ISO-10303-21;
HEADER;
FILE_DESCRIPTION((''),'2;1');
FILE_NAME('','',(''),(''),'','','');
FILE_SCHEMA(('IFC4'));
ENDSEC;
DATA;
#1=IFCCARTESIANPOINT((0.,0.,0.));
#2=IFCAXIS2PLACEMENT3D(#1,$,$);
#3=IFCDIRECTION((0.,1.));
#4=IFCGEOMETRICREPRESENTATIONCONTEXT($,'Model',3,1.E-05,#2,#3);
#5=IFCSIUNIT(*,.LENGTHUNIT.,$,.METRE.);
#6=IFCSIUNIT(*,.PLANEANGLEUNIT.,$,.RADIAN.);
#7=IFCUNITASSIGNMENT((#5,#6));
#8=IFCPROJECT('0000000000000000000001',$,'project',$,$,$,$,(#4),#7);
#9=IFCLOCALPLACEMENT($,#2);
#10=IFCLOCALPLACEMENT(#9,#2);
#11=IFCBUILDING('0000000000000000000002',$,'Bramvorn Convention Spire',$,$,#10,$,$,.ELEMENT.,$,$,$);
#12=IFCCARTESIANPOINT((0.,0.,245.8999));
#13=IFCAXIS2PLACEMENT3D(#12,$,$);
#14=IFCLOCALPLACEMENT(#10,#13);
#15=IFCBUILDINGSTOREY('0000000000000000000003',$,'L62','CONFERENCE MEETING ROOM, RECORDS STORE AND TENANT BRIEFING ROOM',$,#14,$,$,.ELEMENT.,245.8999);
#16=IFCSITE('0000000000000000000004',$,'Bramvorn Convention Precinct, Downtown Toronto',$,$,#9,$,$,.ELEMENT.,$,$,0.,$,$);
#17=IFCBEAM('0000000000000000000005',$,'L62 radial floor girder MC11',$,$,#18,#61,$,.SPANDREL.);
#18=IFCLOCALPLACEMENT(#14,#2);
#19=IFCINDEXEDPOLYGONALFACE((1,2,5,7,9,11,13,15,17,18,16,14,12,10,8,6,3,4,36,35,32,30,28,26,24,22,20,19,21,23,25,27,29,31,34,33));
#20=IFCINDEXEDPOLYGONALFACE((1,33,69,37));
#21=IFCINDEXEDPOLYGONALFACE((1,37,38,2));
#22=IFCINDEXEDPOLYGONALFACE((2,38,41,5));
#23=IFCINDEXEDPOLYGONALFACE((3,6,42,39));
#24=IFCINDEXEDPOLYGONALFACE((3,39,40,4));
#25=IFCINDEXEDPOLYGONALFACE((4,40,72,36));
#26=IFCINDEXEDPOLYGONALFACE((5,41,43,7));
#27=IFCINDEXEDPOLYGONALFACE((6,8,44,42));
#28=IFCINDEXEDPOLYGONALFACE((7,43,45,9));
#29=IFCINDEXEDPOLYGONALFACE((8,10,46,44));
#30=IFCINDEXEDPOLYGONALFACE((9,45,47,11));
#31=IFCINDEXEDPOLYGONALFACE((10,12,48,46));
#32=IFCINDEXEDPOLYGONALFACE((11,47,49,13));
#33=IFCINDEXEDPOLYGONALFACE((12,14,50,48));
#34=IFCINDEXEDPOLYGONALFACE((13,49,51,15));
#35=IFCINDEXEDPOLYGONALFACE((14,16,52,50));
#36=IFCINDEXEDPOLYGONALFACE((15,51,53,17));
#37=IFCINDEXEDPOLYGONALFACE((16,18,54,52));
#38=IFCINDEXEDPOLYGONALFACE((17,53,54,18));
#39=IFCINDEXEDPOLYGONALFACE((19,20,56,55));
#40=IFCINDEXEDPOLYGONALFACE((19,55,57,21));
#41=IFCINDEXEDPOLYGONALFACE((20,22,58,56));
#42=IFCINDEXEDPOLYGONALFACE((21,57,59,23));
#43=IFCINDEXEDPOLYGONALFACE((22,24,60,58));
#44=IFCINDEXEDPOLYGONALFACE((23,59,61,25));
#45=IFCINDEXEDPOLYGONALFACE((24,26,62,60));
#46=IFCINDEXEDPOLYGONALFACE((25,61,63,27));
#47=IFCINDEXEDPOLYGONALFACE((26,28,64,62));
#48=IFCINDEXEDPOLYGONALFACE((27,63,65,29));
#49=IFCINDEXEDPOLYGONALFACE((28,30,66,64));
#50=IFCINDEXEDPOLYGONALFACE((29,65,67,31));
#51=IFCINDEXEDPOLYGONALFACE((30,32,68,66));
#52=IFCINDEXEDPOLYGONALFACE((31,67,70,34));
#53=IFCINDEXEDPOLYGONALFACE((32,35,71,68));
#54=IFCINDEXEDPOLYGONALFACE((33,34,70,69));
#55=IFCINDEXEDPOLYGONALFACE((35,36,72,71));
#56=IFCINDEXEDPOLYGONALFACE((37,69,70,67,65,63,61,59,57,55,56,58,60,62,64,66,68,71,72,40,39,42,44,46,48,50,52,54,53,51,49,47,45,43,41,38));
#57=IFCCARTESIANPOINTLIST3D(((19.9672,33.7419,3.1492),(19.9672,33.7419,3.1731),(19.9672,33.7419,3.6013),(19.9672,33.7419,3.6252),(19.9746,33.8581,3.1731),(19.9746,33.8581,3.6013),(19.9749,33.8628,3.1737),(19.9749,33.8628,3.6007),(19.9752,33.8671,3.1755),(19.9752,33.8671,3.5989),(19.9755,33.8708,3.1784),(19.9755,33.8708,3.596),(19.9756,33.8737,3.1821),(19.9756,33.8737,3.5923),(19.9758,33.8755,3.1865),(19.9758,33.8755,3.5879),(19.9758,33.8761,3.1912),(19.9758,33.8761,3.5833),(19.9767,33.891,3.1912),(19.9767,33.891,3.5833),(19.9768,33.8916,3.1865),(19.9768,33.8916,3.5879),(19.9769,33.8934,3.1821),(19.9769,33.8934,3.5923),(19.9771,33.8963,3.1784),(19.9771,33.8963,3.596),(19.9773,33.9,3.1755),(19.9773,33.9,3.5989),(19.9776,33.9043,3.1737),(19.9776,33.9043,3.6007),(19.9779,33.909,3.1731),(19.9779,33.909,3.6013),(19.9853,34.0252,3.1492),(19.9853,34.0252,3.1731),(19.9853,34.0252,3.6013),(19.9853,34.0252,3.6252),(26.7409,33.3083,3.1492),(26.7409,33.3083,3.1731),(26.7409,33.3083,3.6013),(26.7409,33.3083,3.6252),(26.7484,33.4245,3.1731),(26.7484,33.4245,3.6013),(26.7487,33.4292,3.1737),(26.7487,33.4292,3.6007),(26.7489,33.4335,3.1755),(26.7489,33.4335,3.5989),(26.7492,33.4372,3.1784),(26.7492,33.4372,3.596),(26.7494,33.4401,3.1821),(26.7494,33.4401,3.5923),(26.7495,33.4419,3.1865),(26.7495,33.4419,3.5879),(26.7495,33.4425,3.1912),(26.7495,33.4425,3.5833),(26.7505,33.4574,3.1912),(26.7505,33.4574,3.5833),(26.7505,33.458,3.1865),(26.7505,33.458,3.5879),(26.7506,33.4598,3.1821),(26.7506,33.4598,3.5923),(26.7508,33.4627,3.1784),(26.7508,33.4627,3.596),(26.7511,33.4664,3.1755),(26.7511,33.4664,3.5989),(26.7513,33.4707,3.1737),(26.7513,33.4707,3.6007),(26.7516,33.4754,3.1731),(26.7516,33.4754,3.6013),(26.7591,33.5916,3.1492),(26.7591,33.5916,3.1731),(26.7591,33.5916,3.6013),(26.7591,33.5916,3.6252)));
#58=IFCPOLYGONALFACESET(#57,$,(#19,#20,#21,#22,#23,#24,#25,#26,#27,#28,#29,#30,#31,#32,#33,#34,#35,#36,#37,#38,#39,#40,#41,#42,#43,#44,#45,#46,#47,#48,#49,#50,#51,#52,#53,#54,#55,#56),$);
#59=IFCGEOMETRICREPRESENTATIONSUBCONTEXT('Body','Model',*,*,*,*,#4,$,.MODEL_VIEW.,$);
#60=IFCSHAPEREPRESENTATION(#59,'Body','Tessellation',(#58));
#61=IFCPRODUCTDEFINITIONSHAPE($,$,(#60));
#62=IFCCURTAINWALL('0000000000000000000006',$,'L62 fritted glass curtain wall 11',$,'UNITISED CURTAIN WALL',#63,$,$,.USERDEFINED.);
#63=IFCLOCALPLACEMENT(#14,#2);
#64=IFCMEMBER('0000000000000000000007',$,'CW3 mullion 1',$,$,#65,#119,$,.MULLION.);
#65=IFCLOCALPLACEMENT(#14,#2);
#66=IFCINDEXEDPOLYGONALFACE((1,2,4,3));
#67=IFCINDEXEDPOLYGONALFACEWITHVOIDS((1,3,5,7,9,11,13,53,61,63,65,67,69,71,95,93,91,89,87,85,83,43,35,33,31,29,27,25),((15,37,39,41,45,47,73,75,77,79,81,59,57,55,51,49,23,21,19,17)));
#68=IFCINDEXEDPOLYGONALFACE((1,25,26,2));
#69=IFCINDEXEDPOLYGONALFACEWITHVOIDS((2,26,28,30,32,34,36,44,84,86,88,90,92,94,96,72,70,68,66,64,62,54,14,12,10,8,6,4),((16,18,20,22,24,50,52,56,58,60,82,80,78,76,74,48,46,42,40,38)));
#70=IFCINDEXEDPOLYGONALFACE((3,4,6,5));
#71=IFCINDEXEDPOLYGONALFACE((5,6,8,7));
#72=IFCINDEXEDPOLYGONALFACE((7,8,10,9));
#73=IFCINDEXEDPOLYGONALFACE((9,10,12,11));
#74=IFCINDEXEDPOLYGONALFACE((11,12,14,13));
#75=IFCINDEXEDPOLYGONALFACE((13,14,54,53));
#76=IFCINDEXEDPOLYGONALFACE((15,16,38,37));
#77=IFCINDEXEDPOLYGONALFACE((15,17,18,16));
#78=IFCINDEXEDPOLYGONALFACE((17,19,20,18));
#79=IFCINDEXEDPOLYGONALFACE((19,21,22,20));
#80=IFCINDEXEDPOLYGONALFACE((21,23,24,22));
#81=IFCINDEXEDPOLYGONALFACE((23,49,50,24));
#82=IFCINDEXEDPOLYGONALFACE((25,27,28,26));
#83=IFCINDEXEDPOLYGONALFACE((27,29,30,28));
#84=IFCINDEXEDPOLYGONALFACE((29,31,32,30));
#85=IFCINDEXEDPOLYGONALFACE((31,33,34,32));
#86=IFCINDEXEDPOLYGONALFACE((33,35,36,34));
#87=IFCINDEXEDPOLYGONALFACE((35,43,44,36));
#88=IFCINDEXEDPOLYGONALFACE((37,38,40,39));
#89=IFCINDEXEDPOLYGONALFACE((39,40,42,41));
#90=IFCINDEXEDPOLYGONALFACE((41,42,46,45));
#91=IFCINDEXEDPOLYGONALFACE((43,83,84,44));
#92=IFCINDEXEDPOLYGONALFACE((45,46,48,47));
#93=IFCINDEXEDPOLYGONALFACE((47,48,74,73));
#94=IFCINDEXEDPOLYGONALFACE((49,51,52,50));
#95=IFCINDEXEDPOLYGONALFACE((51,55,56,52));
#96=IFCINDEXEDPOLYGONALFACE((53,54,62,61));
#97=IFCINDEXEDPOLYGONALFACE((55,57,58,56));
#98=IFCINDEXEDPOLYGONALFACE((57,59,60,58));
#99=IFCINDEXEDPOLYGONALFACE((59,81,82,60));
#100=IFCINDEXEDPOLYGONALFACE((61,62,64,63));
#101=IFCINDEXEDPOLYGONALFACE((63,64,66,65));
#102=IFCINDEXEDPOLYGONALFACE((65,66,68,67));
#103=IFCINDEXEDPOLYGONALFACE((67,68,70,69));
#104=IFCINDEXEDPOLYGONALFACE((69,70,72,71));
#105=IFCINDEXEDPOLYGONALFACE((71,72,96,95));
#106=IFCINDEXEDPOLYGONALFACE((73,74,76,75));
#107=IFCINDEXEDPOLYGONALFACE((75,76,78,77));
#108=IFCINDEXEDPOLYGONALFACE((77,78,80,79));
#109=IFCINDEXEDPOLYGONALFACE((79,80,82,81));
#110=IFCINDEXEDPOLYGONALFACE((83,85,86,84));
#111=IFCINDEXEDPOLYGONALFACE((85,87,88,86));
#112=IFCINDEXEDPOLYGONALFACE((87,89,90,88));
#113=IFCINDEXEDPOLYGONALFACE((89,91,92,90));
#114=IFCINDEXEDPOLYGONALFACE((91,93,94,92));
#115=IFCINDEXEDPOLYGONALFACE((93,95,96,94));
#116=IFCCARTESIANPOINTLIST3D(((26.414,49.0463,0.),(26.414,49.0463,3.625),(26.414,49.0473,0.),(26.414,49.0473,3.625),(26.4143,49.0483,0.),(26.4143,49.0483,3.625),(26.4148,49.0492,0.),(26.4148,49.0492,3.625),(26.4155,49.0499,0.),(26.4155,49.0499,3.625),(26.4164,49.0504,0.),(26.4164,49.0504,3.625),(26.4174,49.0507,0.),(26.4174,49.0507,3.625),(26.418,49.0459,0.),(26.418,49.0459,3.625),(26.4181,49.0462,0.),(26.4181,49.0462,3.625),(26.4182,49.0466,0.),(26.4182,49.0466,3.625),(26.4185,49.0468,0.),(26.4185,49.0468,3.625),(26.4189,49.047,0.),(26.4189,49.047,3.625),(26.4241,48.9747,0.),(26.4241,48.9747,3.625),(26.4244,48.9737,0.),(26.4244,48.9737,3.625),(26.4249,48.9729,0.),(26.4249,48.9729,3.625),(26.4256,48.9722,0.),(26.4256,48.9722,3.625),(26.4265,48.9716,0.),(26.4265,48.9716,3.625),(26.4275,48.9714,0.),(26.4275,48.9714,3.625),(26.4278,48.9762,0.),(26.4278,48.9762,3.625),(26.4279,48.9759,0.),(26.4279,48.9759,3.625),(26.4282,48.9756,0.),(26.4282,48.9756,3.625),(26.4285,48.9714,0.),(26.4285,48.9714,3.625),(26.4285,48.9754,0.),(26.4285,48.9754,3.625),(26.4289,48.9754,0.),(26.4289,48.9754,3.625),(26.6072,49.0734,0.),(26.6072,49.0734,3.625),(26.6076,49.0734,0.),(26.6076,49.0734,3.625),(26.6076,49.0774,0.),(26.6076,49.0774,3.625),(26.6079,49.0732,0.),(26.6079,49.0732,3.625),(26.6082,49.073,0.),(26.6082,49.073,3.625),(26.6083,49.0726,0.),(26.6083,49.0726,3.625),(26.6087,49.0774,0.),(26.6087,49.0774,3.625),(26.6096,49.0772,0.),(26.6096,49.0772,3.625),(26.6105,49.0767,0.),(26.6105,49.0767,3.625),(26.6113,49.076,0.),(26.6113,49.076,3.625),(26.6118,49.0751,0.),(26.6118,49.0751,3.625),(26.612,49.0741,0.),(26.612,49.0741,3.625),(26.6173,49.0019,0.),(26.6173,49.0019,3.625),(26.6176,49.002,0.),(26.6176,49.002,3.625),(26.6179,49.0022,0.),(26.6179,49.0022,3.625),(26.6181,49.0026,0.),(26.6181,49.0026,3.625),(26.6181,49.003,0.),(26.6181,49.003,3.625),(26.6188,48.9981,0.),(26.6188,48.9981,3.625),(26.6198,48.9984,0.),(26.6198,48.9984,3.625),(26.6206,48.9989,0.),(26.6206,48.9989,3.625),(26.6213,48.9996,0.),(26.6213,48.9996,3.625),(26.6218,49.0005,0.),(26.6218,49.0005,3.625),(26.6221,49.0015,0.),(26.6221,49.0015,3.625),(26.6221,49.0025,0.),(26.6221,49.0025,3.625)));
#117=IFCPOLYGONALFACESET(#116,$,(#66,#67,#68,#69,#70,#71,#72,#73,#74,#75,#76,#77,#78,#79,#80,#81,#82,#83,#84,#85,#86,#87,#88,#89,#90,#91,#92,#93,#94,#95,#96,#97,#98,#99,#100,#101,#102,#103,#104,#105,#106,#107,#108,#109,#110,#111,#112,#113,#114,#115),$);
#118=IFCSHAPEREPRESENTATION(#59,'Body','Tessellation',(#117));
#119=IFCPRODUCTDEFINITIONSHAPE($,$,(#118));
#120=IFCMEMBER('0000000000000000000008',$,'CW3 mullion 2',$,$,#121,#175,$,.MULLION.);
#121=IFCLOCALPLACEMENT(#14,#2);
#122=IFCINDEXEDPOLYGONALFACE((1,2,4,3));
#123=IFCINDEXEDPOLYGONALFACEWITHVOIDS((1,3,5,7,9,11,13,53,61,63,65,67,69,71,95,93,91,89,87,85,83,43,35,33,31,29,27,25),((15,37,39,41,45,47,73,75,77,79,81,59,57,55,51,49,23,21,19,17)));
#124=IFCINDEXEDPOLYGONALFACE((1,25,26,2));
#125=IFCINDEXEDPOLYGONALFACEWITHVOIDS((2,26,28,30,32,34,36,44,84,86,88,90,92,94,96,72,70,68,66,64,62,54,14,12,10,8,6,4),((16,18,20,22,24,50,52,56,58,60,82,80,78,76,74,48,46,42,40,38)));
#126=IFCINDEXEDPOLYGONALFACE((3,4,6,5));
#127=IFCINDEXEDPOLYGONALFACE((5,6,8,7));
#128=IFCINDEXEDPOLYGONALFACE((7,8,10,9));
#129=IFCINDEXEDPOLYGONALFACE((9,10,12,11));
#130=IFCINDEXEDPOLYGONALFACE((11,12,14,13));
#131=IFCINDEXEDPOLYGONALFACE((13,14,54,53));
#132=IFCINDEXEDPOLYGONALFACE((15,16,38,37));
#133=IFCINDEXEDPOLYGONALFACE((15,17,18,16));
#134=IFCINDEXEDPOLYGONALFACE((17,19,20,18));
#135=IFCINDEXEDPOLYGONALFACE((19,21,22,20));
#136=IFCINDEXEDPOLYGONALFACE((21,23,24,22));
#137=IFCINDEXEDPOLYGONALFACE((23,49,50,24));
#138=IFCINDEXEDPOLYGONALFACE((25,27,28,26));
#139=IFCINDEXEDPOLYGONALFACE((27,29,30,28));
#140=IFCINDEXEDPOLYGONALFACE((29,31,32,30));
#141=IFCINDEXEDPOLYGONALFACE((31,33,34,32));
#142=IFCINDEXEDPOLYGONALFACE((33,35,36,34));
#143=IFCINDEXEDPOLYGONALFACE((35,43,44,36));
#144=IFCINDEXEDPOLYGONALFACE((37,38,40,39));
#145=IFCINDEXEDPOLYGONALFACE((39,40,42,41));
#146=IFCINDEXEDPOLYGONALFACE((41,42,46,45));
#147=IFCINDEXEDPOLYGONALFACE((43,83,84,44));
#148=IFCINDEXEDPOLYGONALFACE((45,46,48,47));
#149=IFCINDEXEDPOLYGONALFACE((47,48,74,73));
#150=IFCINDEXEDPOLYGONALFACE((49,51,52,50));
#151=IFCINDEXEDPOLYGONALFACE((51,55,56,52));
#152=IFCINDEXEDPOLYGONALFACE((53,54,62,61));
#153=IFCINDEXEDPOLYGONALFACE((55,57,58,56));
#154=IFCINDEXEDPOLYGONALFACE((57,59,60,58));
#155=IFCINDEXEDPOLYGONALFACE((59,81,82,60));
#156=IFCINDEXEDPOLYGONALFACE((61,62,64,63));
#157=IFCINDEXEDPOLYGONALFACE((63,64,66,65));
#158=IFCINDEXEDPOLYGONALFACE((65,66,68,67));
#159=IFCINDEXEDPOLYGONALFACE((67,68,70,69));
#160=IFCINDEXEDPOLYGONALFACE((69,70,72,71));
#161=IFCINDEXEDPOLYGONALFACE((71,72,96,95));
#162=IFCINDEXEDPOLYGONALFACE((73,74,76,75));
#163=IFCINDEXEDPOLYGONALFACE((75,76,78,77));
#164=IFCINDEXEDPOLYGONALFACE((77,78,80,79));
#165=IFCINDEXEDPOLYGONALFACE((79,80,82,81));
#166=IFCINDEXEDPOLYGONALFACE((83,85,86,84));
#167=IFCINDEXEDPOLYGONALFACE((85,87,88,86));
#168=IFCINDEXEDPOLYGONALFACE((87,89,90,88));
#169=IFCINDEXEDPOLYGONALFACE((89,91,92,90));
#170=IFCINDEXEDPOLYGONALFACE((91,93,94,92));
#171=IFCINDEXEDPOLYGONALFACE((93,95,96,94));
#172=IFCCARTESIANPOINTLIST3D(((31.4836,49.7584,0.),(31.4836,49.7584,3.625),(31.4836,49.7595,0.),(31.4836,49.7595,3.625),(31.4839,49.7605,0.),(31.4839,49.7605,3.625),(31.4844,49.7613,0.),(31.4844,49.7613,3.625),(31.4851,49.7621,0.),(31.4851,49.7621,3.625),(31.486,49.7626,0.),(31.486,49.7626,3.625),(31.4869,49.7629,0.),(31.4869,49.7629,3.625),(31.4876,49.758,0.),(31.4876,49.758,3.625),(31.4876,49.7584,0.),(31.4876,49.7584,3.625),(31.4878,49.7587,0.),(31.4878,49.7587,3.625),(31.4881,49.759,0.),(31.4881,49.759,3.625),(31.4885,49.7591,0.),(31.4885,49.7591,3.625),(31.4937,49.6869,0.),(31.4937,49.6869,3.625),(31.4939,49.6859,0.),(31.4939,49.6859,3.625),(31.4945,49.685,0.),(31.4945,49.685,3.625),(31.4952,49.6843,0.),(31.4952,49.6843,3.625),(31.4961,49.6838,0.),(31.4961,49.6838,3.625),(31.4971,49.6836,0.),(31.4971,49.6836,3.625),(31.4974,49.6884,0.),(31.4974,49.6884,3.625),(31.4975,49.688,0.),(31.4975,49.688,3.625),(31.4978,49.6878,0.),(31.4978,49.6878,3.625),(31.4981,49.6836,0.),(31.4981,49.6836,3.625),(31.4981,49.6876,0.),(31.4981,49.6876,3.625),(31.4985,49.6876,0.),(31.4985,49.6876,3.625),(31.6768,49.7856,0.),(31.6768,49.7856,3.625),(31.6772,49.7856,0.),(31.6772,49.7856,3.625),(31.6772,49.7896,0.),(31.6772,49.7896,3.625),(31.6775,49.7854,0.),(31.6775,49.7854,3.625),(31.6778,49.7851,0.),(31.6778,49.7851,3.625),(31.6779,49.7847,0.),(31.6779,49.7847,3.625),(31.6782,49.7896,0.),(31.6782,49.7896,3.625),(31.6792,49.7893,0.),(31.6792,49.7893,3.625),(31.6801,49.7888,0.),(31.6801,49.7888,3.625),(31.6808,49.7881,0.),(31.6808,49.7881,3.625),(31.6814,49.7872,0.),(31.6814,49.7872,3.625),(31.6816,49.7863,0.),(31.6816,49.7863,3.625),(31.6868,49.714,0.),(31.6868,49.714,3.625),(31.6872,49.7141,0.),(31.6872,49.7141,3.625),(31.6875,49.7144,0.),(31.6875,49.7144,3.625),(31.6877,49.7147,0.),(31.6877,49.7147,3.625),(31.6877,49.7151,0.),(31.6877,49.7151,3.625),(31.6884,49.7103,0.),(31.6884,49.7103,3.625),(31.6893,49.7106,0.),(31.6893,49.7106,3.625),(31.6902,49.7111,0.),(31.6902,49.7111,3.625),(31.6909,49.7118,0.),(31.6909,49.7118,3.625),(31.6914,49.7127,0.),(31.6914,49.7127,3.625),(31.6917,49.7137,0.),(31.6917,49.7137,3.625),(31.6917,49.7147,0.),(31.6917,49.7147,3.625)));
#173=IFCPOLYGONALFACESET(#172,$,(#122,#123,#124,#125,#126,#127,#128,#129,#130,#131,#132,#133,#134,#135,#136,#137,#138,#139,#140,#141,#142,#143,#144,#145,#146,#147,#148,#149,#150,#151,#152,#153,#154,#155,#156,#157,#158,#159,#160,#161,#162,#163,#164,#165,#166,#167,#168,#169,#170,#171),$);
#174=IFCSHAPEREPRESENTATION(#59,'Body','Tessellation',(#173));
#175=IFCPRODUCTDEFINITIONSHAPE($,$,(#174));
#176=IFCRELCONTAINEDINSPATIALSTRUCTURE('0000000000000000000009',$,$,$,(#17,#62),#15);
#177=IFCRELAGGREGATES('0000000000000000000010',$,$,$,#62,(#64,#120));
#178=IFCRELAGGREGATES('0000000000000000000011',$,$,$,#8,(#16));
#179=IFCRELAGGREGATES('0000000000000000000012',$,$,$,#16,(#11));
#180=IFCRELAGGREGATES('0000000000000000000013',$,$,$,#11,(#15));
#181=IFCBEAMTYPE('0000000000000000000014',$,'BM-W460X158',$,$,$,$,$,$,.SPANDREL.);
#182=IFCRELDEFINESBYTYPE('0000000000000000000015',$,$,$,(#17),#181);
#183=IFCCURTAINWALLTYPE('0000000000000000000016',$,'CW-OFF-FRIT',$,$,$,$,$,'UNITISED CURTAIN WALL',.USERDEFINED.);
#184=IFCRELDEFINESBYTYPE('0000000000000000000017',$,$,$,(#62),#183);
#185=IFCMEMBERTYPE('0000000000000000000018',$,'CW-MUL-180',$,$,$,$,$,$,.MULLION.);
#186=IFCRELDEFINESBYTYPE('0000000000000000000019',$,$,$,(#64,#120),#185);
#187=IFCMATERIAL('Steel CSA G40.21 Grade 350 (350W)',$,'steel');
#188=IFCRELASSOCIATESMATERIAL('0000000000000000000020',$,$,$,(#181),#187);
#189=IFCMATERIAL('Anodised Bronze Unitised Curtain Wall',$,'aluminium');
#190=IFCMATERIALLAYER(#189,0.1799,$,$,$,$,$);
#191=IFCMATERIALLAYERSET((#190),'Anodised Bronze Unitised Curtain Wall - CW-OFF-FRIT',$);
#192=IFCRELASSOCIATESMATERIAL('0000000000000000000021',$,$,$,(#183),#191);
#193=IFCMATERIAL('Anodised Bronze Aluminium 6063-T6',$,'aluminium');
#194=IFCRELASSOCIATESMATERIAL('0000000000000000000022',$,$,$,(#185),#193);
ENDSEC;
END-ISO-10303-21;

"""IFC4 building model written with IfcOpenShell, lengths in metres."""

from ifc_helpers import new_model, si_unit, direction, frame, origin, origin_2d, place, context, subcontext, project, spatial, hollow_rectangle, i_section, extrude, material, layer, layer_set, material_profile, profile_set, type_object, element, aggregate, save


model = new_model("IFC4")

# Units and contexts
model_context = context("Model", 3, precision=1e-05, world=origin(), true_north=direction((0.0, 1.0)))
body_context = subcontext(model_context, "Body", "Model", "MODEL_VIEW")
ifc_project = project(units=[si_unit("LENGTHUNIT", "METRE"), si_unit("PLANEANGLEUNIT", "RADIAN")], contexts=[model_context])

# Site, building, storey
site_placement = place(None, origin())
site = spatial("IfcSite", under=ifc_project, at=site_placement, Name="Bramvorn Convention Precinct, Downtown Toronto", CompositionType="ELEMENT", RefElevation=0.0)
building_placement = place(site_placement, origin())
building = spatial("IfcBuilding", under=site, at=building_placement, Name="Bramvorn Convention Spire", CompositionType="ELEMENT")
storey_placement = place(building_placement, frame((0.0, 0.0, 245.8999)))
storey = spatial("IfcBuildingStorey", under=building, at=storey_placement, Name="L62", Description="CONFERENCE MEETING ROOM, RECORDS STORE AND TENANT BRIEFING ROOM", CompositionType="ELEMENT", Elevation=245.8999)

# Shared definitions
ifc_material_1 = material(Name="Steel CSA G40.21 Grade 350 (350W)", Category="steel")

# Beam
ifc_material_profile_1 = material_profile(ifc_material_1, i_section(OverallWidth=0.2839, OverallDepth=0.4761, WebThickness=0.0149, FlangeThickness=0.0239, FilletRadius=0.0181, at=origin_2d()))
ifc_profile_set_1 = profile_set([ifc_material_profile_1], Name="Steel CSA G40.21 Grade 350 (350W) - W460X158")
beam_type_1 = type_object("IfcBeamType", Name="BM-W460X158", PredefinedType="SPANDREL", material=ifc_profile_set_1)
beam_1_placement = place(storey_placement, frame((26.75, 33.45, 3.3872), z_axis=(-0.997958, 0.063881, 0.0), x_axis=(-0.063881, -0.997958, 0.0)))
element("IfcBeam", 1, at=beam_1_placement, inside=storey, type_object=beam_type_1, Name="L62 radial floor girder MC11", PredefinedType="SPANDREL", context=body_context, shape_type="SweptSolid", body=[
    extrude(i_section(OverallWidth=0.2839, OverallDepth=0.4761, WebThickness=0.0149, FlangeThickness=0.0239, FilletRadius=0.0181, at=origin_2d()), origin(), (0.0, 0.0, 1.0), 6.7876),
])

# Curtain wall, members
ifc_material_2 = material(Name="Anodised Bronze Unitised Curtain Wall", Category="aluminium")
ifc_layer_1 = layer(ifc_material_2, 0.1799)
ifc_layer_set_1 = layer_set([ifc_layer_1], Name="Anodised Bronze Unitised Curtain Wall - CW-OFF-FRIT")
curtain_wall_type = type_object("IfcCurtainWallType", Name="CW-OFF-FRIT", ElementType="UNITISED CURTAIN WALL", PredefinedType="USERDEFINED", material=ifc_layer_set_1)
curtain_wall_1_placement = place(storey_placement, origin())
curtain_wall_1 = element("IfcCurtainWall", 2, at=curtain_wall_1_placement, inside=storey, type_object=curtain_wall_type, Name="L62 fritted glass curtain wall 11", ObjectType="UNITISED CURTAIN WALL", PredefinedType="USERDEFINED")
ifc_material_3 = material(Name="Anodised Bronze Aluminium 6063-T6", Category="aluminium")
ifc_material_profile_2 = material_profile(ifc_material_3, hollow_rectangle(XDim=0.0801, YDim=0.2, WallThickness=0.0039, InnerFilletRadius=0.001, OuterFilletRadius=0.0039, at=origin_2d()))
ifc_profile_set_2 = profile_set([ifc_material_profile_2], Name="Anodised Bronze Aluminium 6063-T6 - CWM80X200")
member_type_1 = type_object("IfcMemberType", Name="CW-MUL-180", PredefinedType="MULLION", material=ifc_profile_set_2)
member_1_placement = place(storey_placement, frame((26.5181, 49.0244, 0.0), z_axis=(0.0, 0.0, 1.0), x_axis=(-0.139094, 0.990279, 0.0)))
member_1 = element("IfcMember", 3, at=member_1_placement, type_object=member_type_1, Name="CW3 mullion 1", PredefinedType="MULLION", context=body_context, shape_type="SweptSolid", body=[
    extrude(hollow_rectangle(XDim=0.0801, YDim=0.2, WallThickness=0.0039, InnerFilletRadius=0.001, OuterFilletRadius=0.0039, at=origin_2d()), origin(), (0.0, 0.0, 1.0), 3.625),
])
member_2_placement = place(storey_placement, frame((31.5876, 49.7366, 0.0), z_axis=(0.0, 0.0, 1.0), x_axis=(-0.139094, 0.990279, 0.0)))
member_2 = element("IfcMember", 4, at=member_2_placement, type_object=member_type_1, Name="CW3 mullion 2", PredefinedType="MULLION", context=body_context, shape_type="SweptSolid", body=[
    extrude(hollow_rectangle(XDim=0.0801, YDim=0.2, WallThickness=0.0039, InnerFilletRadius=0.001, OuterFilletRadius=0.0039, at=origin_2d()), origin(), (0.0, 0.0, 1.0), 3.625),
])

aggregate(curtain_wall_1, [member_1, member_2])

save(model, "model.ifc")
